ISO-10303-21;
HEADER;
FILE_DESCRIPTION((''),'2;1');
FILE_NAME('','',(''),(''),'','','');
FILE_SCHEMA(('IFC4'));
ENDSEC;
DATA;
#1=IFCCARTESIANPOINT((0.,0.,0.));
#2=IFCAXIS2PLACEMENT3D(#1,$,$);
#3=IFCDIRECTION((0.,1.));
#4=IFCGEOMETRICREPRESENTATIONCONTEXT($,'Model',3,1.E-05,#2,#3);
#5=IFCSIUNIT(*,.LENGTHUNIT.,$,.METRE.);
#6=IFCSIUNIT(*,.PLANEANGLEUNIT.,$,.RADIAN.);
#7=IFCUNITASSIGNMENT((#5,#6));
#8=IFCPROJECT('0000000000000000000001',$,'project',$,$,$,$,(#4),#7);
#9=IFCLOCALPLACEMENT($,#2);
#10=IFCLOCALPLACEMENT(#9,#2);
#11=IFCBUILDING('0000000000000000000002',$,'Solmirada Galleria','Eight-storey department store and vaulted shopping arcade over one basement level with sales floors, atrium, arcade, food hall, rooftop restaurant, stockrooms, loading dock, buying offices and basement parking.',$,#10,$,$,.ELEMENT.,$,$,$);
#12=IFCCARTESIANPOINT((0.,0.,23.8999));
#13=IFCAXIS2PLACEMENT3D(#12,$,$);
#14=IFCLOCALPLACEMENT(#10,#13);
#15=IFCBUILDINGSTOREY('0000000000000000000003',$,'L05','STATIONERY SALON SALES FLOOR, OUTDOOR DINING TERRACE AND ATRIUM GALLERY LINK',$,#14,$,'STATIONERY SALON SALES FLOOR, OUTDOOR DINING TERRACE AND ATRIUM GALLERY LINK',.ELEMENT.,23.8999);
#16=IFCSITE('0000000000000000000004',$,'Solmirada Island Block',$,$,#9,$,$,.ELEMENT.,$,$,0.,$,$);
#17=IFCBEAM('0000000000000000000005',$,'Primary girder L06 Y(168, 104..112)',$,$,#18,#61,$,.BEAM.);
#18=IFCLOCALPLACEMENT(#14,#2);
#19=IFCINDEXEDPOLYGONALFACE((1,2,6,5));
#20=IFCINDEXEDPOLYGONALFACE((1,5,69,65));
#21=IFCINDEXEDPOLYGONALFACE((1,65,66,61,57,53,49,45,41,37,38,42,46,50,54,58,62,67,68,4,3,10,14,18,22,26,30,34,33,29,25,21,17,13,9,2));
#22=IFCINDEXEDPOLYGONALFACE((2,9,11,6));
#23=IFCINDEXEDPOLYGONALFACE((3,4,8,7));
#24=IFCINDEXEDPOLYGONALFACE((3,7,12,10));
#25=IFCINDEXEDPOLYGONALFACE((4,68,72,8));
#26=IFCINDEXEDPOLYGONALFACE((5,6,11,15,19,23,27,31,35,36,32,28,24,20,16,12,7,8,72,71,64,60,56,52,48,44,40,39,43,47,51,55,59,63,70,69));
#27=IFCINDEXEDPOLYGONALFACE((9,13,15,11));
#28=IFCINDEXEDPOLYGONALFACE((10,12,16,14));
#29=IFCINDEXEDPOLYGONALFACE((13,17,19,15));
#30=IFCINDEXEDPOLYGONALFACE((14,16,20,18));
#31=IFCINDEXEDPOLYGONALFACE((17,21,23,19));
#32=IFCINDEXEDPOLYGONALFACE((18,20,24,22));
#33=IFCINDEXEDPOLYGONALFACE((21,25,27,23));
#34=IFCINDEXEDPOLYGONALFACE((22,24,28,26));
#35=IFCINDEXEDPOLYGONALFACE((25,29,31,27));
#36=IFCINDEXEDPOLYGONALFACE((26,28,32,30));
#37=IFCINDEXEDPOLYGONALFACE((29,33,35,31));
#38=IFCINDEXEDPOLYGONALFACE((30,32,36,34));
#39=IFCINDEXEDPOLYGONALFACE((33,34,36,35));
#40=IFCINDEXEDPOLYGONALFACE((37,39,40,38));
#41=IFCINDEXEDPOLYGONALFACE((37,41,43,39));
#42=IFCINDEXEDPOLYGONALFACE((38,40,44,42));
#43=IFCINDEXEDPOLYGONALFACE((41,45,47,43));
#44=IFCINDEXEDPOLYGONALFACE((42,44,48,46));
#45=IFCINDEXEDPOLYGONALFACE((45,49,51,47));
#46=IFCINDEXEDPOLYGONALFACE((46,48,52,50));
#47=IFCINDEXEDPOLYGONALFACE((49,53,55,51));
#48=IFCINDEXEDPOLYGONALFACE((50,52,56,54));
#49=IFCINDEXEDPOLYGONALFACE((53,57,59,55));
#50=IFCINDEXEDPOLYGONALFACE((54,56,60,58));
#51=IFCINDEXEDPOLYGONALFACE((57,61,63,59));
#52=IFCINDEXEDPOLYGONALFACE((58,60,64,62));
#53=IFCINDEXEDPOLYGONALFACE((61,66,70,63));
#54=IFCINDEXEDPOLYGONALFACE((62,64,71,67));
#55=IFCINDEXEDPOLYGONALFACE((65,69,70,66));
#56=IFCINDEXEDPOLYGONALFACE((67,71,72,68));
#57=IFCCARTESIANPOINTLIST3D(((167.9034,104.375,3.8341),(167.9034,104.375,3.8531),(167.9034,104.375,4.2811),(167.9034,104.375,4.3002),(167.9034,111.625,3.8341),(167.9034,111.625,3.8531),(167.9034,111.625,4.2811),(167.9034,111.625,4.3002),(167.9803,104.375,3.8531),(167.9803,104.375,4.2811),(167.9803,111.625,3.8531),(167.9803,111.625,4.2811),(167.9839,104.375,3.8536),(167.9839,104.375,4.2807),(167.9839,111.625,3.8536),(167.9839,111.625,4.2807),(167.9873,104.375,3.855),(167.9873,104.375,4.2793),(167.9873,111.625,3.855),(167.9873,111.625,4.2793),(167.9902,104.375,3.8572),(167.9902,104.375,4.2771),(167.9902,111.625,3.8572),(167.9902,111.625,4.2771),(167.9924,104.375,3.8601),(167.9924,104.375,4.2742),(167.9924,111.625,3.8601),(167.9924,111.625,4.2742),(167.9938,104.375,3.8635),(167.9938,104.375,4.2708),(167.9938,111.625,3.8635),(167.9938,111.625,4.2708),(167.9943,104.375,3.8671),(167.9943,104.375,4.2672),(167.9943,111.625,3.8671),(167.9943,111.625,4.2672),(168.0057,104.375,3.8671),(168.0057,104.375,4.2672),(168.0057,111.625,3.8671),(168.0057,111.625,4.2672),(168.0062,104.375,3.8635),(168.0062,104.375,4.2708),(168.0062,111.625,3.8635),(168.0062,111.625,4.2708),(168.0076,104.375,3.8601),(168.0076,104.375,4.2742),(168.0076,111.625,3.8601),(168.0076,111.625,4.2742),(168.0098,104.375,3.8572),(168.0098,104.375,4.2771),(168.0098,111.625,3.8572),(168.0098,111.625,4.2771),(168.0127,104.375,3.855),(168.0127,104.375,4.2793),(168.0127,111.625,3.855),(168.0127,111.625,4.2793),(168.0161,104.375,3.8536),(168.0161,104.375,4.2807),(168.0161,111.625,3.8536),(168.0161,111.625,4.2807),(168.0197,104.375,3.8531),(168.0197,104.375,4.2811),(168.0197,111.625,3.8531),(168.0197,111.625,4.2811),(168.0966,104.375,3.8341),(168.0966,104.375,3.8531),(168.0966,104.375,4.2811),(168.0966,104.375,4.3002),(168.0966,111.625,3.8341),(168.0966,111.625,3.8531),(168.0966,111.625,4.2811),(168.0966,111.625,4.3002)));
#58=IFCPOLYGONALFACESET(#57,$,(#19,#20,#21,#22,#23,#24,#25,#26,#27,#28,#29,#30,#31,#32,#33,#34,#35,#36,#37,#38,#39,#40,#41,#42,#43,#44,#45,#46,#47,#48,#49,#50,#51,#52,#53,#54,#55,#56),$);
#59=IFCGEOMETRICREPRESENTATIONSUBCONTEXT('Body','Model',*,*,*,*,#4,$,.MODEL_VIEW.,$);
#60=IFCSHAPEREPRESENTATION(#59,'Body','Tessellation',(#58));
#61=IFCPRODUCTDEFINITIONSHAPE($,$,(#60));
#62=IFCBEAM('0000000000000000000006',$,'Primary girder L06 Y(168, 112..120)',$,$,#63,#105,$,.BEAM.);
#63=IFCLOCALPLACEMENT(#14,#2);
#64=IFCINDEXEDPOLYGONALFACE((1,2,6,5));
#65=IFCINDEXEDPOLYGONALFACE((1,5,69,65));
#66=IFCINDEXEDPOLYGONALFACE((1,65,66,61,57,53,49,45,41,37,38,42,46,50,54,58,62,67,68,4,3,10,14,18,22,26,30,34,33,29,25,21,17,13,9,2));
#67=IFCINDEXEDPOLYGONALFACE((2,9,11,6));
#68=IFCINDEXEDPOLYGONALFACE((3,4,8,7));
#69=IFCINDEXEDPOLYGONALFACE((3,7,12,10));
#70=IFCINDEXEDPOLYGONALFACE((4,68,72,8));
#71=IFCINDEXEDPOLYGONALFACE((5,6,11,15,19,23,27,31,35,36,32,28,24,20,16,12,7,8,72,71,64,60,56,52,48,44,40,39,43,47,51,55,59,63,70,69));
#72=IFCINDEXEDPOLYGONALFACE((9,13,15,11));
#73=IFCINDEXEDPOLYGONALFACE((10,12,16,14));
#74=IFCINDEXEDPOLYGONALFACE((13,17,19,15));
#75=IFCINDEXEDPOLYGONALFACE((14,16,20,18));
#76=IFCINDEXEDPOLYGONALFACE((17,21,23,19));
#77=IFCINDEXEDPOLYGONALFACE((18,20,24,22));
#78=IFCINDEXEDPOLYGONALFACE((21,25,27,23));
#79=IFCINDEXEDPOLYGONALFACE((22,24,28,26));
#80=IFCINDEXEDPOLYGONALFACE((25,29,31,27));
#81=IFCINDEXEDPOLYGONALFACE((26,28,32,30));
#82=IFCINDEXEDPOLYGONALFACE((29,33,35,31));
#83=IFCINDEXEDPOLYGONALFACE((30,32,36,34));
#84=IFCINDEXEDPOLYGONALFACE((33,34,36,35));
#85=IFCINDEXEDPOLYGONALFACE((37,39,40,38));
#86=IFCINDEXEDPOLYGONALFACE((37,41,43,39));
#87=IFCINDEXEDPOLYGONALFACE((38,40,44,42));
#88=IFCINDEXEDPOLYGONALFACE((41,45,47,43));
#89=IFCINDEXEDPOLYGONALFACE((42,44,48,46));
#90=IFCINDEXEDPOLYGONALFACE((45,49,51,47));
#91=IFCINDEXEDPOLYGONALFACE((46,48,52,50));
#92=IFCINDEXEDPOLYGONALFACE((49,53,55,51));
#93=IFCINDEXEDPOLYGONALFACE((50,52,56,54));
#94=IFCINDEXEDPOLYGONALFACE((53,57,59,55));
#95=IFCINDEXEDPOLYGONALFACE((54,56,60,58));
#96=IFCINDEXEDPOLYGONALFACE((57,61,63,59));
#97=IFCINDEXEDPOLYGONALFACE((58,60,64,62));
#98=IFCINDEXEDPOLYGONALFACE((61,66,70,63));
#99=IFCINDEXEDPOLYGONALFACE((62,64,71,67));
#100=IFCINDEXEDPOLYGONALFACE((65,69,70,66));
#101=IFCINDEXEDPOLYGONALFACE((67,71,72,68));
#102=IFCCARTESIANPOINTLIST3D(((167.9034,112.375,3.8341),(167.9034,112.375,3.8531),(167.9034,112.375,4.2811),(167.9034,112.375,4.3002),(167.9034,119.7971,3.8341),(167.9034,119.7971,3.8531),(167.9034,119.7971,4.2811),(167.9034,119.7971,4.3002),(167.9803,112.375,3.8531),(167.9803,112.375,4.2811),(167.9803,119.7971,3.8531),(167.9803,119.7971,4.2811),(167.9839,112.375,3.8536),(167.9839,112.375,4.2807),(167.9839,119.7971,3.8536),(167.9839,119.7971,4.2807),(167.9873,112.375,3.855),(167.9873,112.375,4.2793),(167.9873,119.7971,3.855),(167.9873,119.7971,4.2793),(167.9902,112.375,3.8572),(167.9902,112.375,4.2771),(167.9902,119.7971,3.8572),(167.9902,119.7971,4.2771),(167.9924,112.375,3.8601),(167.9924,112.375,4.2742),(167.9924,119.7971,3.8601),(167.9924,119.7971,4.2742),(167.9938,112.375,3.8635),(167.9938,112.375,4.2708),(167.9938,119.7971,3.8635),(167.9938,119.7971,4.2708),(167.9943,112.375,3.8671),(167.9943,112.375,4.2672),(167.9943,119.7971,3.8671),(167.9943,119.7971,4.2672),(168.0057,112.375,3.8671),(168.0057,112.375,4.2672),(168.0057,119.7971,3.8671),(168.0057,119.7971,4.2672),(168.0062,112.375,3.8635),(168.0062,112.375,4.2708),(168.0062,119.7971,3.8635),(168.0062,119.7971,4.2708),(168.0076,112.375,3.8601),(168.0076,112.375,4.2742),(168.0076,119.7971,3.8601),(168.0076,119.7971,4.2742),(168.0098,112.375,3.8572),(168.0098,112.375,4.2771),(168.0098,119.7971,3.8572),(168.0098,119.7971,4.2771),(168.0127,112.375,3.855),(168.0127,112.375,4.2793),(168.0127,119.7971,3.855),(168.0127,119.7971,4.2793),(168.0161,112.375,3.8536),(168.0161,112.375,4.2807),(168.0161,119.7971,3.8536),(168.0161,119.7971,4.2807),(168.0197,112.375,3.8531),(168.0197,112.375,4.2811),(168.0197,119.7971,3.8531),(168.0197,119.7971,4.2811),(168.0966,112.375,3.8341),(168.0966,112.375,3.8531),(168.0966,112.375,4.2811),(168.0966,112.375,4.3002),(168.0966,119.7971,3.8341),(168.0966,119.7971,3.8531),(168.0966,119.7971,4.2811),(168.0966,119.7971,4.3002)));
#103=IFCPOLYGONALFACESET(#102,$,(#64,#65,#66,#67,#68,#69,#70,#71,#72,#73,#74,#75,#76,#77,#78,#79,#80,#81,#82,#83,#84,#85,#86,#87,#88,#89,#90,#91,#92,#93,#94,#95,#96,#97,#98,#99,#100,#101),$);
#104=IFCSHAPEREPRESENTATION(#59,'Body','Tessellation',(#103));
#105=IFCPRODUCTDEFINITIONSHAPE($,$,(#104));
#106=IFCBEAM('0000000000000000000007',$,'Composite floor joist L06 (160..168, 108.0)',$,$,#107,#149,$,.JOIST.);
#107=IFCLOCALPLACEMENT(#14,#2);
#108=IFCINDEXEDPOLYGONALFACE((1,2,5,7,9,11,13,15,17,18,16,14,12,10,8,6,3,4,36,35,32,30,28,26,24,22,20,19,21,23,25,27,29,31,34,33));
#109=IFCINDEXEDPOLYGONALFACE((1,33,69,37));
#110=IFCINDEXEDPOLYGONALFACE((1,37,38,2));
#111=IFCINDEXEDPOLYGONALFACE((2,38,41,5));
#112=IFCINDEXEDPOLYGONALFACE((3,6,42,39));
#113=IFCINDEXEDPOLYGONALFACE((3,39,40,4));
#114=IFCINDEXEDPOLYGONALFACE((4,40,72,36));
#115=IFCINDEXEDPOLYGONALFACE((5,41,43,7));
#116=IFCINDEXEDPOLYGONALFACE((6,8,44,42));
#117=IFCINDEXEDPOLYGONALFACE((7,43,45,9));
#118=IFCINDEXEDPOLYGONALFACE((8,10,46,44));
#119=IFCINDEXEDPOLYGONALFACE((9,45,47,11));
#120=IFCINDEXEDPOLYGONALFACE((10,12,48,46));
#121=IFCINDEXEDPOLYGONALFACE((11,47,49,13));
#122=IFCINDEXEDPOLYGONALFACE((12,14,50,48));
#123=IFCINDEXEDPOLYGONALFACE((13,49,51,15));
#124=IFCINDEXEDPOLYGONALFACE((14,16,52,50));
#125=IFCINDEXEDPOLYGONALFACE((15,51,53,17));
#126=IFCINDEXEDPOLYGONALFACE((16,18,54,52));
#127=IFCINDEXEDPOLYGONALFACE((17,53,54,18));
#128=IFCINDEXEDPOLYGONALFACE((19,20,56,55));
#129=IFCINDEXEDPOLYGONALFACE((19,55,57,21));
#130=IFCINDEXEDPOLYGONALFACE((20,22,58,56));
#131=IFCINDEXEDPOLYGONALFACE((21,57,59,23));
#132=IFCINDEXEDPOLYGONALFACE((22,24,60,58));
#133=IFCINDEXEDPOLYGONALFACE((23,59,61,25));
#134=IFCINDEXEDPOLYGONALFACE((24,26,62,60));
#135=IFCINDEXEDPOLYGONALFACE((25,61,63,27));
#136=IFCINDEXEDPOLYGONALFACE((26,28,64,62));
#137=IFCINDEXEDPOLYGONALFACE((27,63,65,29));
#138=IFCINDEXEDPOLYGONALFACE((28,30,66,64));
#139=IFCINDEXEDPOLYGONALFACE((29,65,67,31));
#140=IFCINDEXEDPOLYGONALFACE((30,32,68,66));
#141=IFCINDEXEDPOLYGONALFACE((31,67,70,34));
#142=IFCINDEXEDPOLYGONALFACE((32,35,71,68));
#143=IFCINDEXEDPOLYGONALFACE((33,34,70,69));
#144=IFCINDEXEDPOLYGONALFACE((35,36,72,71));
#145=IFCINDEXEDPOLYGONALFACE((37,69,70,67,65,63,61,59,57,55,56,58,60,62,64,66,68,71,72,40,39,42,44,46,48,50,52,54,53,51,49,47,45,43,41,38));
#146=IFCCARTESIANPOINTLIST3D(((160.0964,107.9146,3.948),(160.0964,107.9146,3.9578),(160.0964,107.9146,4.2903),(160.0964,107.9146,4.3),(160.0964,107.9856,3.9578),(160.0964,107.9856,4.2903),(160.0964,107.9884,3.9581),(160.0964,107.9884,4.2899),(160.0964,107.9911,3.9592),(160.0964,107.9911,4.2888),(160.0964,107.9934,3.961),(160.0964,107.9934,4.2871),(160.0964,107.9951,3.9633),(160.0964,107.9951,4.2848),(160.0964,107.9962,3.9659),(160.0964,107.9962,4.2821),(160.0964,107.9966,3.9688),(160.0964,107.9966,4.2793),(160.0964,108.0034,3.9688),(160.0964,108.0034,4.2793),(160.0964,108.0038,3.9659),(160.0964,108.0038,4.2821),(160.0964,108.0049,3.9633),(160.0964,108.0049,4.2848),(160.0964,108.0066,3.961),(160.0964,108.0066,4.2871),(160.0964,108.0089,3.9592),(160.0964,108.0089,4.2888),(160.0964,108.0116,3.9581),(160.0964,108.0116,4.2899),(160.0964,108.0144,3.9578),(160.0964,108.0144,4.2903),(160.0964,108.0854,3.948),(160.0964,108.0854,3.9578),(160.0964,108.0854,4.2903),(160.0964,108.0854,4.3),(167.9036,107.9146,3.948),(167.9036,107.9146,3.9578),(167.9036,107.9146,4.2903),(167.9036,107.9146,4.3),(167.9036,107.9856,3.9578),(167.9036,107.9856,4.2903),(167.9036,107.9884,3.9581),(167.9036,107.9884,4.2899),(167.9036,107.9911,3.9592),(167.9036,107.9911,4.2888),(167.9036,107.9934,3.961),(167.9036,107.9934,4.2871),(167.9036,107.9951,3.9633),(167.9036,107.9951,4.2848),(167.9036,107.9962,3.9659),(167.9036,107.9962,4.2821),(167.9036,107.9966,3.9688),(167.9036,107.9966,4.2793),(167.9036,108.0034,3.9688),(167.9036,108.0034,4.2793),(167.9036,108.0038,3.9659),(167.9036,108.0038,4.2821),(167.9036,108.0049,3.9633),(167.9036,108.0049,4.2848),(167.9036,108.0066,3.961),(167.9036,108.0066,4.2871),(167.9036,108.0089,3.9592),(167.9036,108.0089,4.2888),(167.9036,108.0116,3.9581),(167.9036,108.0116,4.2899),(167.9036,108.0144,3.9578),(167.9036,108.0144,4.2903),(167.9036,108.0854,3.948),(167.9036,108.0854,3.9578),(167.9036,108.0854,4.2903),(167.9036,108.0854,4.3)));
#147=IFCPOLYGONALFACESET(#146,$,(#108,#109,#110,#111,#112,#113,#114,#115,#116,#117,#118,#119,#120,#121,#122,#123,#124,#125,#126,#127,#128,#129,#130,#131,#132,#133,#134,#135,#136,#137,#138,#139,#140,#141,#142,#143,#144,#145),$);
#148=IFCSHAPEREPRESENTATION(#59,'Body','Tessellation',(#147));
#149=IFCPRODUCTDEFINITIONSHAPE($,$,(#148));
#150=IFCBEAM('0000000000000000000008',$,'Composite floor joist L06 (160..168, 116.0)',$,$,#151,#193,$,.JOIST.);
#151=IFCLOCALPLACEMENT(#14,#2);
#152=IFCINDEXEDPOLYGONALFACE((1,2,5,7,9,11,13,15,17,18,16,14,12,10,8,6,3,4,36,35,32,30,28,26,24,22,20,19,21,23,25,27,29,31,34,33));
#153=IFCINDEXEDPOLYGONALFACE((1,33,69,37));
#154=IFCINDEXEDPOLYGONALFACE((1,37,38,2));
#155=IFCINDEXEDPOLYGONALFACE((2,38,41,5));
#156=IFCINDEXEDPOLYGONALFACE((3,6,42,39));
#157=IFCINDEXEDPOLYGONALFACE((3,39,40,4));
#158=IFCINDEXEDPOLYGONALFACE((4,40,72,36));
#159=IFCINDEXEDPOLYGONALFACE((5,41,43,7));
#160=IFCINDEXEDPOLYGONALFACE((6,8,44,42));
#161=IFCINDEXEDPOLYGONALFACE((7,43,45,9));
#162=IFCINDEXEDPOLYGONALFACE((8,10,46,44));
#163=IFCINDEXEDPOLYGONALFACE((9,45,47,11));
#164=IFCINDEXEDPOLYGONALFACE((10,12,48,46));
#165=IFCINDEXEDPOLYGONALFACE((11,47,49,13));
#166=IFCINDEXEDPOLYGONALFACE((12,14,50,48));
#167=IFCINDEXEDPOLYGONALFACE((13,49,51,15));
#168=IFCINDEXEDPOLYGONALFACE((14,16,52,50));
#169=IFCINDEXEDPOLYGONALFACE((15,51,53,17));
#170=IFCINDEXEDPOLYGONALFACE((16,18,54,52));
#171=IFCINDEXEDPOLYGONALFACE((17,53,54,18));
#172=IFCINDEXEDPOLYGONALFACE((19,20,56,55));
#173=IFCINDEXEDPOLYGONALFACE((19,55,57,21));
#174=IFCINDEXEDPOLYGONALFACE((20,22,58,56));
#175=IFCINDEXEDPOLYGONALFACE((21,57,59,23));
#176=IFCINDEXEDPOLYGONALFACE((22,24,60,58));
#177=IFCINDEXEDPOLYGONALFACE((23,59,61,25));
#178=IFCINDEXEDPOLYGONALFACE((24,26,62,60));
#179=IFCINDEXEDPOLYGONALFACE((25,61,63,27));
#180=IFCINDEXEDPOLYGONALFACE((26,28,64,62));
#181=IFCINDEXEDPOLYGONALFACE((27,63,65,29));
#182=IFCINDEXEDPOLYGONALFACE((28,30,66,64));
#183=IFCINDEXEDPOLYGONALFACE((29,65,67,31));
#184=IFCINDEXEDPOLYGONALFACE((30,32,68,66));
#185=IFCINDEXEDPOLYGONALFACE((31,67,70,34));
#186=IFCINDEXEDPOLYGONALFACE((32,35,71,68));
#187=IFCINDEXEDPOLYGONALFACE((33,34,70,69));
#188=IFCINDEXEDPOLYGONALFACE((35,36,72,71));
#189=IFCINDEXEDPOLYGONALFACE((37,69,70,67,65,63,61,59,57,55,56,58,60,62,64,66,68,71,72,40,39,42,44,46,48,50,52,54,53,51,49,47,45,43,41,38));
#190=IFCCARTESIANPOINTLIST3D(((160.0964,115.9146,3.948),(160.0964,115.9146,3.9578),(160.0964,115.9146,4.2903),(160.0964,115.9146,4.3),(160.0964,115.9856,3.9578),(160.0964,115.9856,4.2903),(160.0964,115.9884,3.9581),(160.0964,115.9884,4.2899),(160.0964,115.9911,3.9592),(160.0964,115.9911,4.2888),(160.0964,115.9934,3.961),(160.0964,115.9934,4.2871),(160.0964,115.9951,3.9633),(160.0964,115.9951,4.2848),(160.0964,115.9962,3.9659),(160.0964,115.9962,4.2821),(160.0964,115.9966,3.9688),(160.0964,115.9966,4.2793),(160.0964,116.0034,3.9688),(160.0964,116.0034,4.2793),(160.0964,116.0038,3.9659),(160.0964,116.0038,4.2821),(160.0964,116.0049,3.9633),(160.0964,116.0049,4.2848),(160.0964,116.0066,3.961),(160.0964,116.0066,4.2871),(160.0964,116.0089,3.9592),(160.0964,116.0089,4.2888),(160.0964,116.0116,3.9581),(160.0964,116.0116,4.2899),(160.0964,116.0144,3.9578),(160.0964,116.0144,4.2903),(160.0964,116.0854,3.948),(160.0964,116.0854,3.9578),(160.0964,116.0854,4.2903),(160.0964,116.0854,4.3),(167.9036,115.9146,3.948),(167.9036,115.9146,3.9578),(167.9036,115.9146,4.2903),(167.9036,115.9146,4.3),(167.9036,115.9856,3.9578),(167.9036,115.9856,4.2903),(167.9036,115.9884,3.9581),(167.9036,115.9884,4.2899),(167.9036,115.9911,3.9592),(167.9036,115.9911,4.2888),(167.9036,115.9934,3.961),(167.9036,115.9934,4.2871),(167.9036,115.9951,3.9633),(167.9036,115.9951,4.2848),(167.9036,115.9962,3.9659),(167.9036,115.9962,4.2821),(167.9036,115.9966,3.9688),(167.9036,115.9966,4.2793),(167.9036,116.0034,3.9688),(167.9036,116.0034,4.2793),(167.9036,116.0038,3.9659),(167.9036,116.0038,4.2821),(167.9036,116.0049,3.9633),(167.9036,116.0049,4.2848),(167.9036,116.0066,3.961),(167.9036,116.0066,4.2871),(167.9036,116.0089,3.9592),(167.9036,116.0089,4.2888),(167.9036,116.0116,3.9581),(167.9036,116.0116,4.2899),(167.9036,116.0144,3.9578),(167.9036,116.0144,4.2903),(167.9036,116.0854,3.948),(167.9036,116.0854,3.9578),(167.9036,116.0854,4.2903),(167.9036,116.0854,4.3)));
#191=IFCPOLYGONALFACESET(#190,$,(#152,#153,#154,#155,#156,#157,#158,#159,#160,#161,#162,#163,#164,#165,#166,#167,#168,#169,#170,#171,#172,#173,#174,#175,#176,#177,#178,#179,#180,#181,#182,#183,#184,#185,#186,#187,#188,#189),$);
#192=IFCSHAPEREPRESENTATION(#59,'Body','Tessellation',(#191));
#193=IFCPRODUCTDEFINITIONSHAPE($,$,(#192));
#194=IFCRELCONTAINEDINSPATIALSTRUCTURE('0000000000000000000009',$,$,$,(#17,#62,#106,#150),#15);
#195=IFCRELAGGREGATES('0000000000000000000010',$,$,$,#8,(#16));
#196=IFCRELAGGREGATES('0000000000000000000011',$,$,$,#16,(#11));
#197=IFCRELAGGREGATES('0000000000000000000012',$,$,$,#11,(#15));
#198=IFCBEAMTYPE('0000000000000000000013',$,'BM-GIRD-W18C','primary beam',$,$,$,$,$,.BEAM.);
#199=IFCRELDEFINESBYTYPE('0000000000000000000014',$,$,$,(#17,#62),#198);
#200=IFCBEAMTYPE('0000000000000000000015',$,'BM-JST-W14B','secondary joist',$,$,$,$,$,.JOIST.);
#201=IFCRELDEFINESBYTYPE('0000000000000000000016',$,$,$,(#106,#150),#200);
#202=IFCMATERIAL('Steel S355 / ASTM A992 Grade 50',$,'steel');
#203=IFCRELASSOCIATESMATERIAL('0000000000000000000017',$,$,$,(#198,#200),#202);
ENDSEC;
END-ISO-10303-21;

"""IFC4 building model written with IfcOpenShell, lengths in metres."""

from ifc_helpers import new_model, si_unit, direction, frame, origin, origin_2d, place, context, subcontext, project, spatial, i_section, extrude, material, material_profile, profile_set, type_object, element, save


model = new_model("IFC4")

# Units and contexts
model_context = context("Model", 3, precision=1e-05, world=origin(), true_north=direction((0.0, 1.0)))
body_context = subcontext(model_context, "Body", "Model", "MODEL_VIEW")
ifc_project = project(units=[si_unit("LENGTHUNIT", "METRE"), si_unit("PLANEANGLEUNIT", "RADIAN")], contexts=[model_context])

# Site, building, storey
site_placement = place(None, origin())
site = spatial("IfcSite", under=ifc_project, at=site_placement, Name="Solmirada Island Block", CompositionType="ELEMENT", RefElevation=0.0)
building_placement = place(site_placement, origin())
building = spatial("IfcBuilding", under=site, at=building_placement, Name="Solmirada Galleria", Description="Eight-storey department store and vaulted shopping arcade over one basement level with sales floors, atrium, arcade, food hall, rooftop restaurant, stockrooms, loading dock, buying offices and basement parking.", CompositionType="ELEMENT")
storey_placement = place(building_placement, frame((0.0, 0.0, 23.8999)))
storey = spatial("IfcBuildingStorey", under=building, at=storey_placement, Name="L05", Description="STATIONERY SALON SALES FLOOR, OUTDOOR DINING TERRACE AND ATRIUM GALLERY LINK", LongName="STATIONERY SALON SALES FLOOR, OUTDOOR DINING TERRACE AND ATRIUM GALLERY LINK", CompositionType="ELEMENT", Elevation=23.8999)

# Beams
ifc_material_1 = material(Name="Steel S355 / ASTM A992 Grade 50", Category="steel")
ifc_material_profile_1 = material_profile(ifc_material_1, i_section(OverallWidth=0.1931, OverallDepth=0.4661, WebThickness=0.0115, FlangeThickness=0.019, FilletRadius=0.0139, at=origin_2d()), Name="W18X65")
ifc_profile_set_1 = profile_set([ifc_material_profile_1], Name="Steel S355 / ASTM A992 Grade 50")
beam_type_1 = type_object("IfcBeamType", Name="BM-GIRD-W18C", Description="primary beam", PredefinedType="BEAM", material=ifc_profile_set_1)
beam_1_placement = place(storey_placement, frame((168.0, 104.375, 4.0671), z_axis=(0.0, 1.0, 0.0), x_axis=(-1.0, 0.0, 0.0)))
element("IfcBeam", 1, at=beam_1_placement, inside=storey, type_object=beam_type_1, Name="Primary girder L06 Y(168, 104..112)", PredefinedType="BEAM", context=body_context, shape_type="SweptSolid", body=[
    extrude(i_section(OverallWidth=0.1931, OverallDepth=0.4661, WebThickness=0.0115, FlangeThickness=0.019, FilletRadius=0.0139, at=origin_2d()), origin(), (0.0, 0.0, 1.0), 7.25),
])
beam_2_placement = place(storey_placement, frame((168.0, 112.375, 4.0671), z_axis=(0.0, 1.0, 0.0), x_axis=(-1.0, 0.0, 0.0)))
element("IfcBeam", 2, at=beam_2_placement, inside=storey, type_object=beam_type_1, Name="Primary girder L06 Y(168, 112..120)", PredefinedType="BEAM", context=body_context, shape_type="SweptSolid", body=[
    extrude(i_section(OverallWidth=0.1931, OverallDepth=0.4661, WebThickness=0.0115, FlangeThickness=0.019, FilletRadius=0.0139, at=origin_2d()), origin(), (0.0, 0.0, 1.0), 7.4221),
])
ifc_material_profile_2 = material_profile(ifc_material_1, i_section(OverallWidth=0.1709, OverallDepth=0.3521, WebThickness=0.0068, FlangeThickness=0.0098, FilletRadius=0.011, at=origin_2d()), Name="W14X30")
ifc_profile_set_2 = profile_set([ifc_material_profile_2], Name="Steel S355 / ASTM A992 Grade 50")
beam_type_2 = type_object("IfcBeamType", Name="BM-JST-W14B", Description="secondary joist", PredefinedType="JOIST", material=ifc_profile_set_2)
for number, where, z_axis, x_axis, name in (
    (3, (160.0964, 108.0, 4.124), (1.0, 0.0, 0.0), (0.0, 1.0, 0.0), "Composite floor joist L06 (160..168, 108.0)"),
    (4, (160.0964, 116.0, 4.124), (1.0, 0.0, 0.0), (0.0, 1.0, 0.0), "Composite floor joist L06 (160..168, 116.0)"),
):
    element("IfcBeam", number, at=place(storey_placement, frame(where, z_axis=z_axis, x_axis=x_axis)), inside=storey, type_object=beam_type_2, Name=name, PredefinedType="JOIST", context=body_context, shape_type="SweptSolid", body=[
        extrude(i_section(OverallWidth=0.1709, OverallDepth=0.3521, WebThickness=0.0068, FlangeThickness=0.0098, FilletRadius=0.011, at=origin_2d()), origin(), (0.0, 0.0, 1.0), 7.8071),
    ])

save(model, "model.ifc")
